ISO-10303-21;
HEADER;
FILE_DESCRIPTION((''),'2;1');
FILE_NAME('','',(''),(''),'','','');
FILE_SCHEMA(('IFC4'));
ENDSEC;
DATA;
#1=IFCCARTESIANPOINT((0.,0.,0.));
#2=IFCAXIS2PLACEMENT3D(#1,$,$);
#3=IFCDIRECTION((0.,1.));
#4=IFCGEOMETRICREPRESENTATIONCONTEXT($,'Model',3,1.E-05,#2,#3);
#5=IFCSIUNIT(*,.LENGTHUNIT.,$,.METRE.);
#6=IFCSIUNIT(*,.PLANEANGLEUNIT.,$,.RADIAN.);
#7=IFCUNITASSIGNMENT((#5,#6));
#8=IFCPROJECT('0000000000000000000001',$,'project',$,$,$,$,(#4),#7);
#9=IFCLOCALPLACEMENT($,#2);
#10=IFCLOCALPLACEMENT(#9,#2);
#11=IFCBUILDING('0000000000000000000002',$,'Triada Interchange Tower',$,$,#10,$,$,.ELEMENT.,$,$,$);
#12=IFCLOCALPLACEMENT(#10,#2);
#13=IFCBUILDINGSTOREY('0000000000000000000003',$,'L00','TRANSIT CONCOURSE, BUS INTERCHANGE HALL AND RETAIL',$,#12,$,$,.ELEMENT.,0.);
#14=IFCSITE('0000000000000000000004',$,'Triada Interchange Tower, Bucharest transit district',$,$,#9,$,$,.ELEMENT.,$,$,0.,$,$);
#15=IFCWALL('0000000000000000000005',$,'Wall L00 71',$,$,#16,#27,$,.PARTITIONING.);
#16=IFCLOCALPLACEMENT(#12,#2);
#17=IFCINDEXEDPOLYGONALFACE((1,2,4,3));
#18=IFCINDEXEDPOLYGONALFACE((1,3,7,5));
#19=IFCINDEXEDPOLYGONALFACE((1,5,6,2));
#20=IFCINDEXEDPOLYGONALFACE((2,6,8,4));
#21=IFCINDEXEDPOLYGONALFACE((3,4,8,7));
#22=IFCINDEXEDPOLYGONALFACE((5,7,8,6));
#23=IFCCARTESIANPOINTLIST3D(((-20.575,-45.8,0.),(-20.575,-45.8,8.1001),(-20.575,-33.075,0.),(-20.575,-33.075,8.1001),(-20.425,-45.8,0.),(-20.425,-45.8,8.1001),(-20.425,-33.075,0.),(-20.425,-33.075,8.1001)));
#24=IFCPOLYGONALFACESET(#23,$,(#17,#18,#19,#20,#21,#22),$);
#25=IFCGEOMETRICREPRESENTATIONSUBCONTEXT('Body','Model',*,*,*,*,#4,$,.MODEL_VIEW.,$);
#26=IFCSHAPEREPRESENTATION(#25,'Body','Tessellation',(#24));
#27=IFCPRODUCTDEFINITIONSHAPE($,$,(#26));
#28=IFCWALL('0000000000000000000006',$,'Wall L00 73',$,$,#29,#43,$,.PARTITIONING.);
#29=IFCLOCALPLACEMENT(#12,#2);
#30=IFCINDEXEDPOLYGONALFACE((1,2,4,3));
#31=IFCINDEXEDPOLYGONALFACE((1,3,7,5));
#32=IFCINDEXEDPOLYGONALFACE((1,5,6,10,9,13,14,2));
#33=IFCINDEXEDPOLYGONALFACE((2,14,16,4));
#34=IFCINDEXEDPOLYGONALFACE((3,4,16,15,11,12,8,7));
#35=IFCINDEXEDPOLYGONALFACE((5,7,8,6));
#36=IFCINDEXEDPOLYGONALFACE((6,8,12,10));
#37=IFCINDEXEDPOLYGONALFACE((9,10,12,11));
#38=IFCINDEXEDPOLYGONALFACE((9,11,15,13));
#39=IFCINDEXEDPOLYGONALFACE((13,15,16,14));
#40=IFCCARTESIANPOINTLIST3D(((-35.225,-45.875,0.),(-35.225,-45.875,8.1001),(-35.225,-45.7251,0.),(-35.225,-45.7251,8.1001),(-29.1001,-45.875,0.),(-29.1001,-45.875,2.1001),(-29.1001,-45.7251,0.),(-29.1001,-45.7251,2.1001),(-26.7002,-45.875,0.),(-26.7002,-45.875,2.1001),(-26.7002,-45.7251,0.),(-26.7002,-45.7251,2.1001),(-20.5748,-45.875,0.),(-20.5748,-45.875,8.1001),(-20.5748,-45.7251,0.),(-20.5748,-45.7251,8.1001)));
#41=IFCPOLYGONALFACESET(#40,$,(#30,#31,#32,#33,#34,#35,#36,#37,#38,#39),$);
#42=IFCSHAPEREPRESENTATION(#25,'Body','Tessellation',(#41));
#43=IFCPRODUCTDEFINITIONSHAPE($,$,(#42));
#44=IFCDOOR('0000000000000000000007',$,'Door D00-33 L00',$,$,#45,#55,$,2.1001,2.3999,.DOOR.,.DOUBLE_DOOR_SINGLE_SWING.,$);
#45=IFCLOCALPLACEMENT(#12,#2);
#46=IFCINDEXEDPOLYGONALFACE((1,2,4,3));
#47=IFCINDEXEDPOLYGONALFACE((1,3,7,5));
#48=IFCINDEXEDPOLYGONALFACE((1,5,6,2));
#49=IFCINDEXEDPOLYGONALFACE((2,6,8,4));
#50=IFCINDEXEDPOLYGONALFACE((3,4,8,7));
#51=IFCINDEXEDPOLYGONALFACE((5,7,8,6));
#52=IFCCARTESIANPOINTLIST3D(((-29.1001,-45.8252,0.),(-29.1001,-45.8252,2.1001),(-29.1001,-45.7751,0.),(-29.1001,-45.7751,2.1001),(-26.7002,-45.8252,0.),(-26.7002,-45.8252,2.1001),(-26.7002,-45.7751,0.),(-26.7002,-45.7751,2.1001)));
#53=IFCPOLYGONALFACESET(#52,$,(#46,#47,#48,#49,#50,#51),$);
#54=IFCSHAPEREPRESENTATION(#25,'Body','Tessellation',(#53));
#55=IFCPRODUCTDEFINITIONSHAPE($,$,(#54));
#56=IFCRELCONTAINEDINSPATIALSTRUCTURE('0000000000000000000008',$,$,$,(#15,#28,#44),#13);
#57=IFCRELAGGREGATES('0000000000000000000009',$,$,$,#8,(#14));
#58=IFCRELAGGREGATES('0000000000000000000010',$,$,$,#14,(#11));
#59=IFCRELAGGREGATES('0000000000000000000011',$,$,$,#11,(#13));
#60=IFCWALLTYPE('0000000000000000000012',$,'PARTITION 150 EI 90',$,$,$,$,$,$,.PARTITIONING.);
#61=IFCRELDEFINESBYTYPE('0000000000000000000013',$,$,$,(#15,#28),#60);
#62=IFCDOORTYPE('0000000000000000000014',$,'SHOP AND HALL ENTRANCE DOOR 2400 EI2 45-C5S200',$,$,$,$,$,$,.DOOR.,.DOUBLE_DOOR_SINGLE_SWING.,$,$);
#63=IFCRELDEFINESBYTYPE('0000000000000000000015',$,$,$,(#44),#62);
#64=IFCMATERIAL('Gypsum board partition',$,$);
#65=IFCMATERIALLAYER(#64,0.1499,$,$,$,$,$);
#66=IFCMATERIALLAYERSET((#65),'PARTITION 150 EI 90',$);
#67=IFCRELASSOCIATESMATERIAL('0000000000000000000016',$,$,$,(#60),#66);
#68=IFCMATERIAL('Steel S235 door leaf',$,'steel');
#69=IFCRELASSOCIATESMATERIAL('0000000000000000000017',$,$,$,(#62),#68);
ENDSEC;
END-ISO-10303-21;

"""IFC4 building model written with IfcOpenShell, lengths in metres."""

from ifc_helpers import new_model, si_unit, direction, frame, frame_2d, origin, place, context, subcontext, project, spatial, rectangle, extrude, material, layer, layer_set, type_object, element, fill, save


model = new_model("IFC4")

# Units and contexts
model_context = context("Model", 3, precision=1e-05, world=origin(), true_north=direction((0.0, 1.0)))
body_context = subcontext(model_context, "Body", "Model", "MODEL_VIEW")
ifc_project = project(units=[si_unit("LENGTHUNIT", "METRE"), si_unit("PLANEANGLEUNIT", "RADIAN")], contexts=[model_context])

# Site, building, storey
site_placement = place(None, origin())
site = spatial("IfcSite", under=ifc_project, at=site_placement, Name="Triada Interchange Tower, Bucharest transit district", CompositionType="ELEMENT", RefElevation=0.0)
building_placement = place(site_placement, origin())
building = spatial("IfcBuilding", under=site, at=building_placement, Name="Triada Interchange Tower", CompositionType="ELEMENT")
storey_placement = place(building_placement, origin())
storey = spatial("IfcBuildingStorey", under=building, at=storey_placement, Name="L00", Description="TRANSIT CONCOURSE, BUS INTERCHANGE HALL AND RETAIL", CompositionType="ELEMENT", Elevation=0.0)

# Wall
ifc_material_1 = material(Name="Gypsum board partition")
ifc_layer_1 = layer(ifc_material_1, 0.1499)
ifc_layer_set_1 = layer_set([ifc_layer_1], Name="PARTITION 150 EI 90")
wall_type = type_object("IfcWallType", Name="PARTITION 150 EI 90", PredefinedType="PARTITIONING", material=ifc_layer_set_1)
wall_1_placement = place(storey_placement, frame((-20.5, -45.8, 0.0), z_axis=(0.0, 0.0, 1.0), x_axis=(0.0, 1.0, 0.0)))
element("IfcWall", 1, at=wall_1_placement, inside=storey, type_object=wall_type, Name="Wall L00 71", PredefinedType="PARTITIONING", context=body_context, shape_type="SweptSolid", body=[
    extrude(rectangle(XDim=12.7251, YDim=0.1499, at=frame_2d((6.3625, 0.0))), origin(), (0.0, 0.0, 1.0), 8.1001),
])

# Wall, opening, door
wall_2_placement = place(storey_placement, frame((-35.2251, -45.8, 0.0), z_axis=(0.0, 0.0, 1.0), x_axis=(1.0, 0.0, 0.0)))
wall_2 = element("IfcWall", 2, at=wall_2_placement, inside=storey, type_object=wall_type, Name="Wall L00 73", PredefinedType="PARTITIONING", context=body_context, shape_type="SweptSolid", body=[
    extrude(rectangle(XDim=14.6501, YDim=0.1499, at=frame_2d((7.3252, 0.0))), origin(), (0.0, 0.0, 1.0), 8.1001),
])
opening_placement = place(wall_2_placement, frame((6.125, 0.0, 0.0)))
opening = element("IfcOpeningElement", 3, at=opening_placement, cuts=wall_2, PredefinedType="OPENING", context=body_context, shape_type="SweptSolid", body=[
    extrude(rectangle(XDim=2.3999, YDim=2.1001, at=frame_2d((1.2, 1.05))), frame((0.0, 0.085, 0.0), z_axis=(0.0, -1.0, 0.0), x_axis=(1.0, 0.0, 0.0)), (0.0, 0.0, 1.0), 0.1699),
])
ifc_material_2 = material(Name="Steel S235 door leaf", Category="steel")
door_type = type_object("IfcDoorType", Name="SHOP AND HALL ENTRANCE DOOR 2400 EI2 45-C5S200", OperationType="DOUBLE_DOOR_SINGLE_SWING", PredefinedType="DOOR", material=ifc_material_2)
door_placement = place(opening_placement, origin())
door = element("IfcDoor", 4, at=door_placement, inside=storey, type_object=door_type, Name="Door D00-33 L00", OperationType="DOUBLE_DOOR_SINGLE_SWING", OverallHeight=2.1001, OverallWidth=2.3999, PredefinedType="DOOR", context=body_context, shape_type="SweptSolid", body=[
    extrude(rectangle(XDim=2.3999, YDim=2.1001, at=frame_2d((1.2, 1.05))), frame((0.0, 0.0249, 0.0), z_axis=(0.0, -1.0, 0.0), x_axis=(1.0, 0.0, 0.0)), (0.0, 0.0, 1.0), 0.05),
])
fill(opening, door)

save(model, "model.ifc")
